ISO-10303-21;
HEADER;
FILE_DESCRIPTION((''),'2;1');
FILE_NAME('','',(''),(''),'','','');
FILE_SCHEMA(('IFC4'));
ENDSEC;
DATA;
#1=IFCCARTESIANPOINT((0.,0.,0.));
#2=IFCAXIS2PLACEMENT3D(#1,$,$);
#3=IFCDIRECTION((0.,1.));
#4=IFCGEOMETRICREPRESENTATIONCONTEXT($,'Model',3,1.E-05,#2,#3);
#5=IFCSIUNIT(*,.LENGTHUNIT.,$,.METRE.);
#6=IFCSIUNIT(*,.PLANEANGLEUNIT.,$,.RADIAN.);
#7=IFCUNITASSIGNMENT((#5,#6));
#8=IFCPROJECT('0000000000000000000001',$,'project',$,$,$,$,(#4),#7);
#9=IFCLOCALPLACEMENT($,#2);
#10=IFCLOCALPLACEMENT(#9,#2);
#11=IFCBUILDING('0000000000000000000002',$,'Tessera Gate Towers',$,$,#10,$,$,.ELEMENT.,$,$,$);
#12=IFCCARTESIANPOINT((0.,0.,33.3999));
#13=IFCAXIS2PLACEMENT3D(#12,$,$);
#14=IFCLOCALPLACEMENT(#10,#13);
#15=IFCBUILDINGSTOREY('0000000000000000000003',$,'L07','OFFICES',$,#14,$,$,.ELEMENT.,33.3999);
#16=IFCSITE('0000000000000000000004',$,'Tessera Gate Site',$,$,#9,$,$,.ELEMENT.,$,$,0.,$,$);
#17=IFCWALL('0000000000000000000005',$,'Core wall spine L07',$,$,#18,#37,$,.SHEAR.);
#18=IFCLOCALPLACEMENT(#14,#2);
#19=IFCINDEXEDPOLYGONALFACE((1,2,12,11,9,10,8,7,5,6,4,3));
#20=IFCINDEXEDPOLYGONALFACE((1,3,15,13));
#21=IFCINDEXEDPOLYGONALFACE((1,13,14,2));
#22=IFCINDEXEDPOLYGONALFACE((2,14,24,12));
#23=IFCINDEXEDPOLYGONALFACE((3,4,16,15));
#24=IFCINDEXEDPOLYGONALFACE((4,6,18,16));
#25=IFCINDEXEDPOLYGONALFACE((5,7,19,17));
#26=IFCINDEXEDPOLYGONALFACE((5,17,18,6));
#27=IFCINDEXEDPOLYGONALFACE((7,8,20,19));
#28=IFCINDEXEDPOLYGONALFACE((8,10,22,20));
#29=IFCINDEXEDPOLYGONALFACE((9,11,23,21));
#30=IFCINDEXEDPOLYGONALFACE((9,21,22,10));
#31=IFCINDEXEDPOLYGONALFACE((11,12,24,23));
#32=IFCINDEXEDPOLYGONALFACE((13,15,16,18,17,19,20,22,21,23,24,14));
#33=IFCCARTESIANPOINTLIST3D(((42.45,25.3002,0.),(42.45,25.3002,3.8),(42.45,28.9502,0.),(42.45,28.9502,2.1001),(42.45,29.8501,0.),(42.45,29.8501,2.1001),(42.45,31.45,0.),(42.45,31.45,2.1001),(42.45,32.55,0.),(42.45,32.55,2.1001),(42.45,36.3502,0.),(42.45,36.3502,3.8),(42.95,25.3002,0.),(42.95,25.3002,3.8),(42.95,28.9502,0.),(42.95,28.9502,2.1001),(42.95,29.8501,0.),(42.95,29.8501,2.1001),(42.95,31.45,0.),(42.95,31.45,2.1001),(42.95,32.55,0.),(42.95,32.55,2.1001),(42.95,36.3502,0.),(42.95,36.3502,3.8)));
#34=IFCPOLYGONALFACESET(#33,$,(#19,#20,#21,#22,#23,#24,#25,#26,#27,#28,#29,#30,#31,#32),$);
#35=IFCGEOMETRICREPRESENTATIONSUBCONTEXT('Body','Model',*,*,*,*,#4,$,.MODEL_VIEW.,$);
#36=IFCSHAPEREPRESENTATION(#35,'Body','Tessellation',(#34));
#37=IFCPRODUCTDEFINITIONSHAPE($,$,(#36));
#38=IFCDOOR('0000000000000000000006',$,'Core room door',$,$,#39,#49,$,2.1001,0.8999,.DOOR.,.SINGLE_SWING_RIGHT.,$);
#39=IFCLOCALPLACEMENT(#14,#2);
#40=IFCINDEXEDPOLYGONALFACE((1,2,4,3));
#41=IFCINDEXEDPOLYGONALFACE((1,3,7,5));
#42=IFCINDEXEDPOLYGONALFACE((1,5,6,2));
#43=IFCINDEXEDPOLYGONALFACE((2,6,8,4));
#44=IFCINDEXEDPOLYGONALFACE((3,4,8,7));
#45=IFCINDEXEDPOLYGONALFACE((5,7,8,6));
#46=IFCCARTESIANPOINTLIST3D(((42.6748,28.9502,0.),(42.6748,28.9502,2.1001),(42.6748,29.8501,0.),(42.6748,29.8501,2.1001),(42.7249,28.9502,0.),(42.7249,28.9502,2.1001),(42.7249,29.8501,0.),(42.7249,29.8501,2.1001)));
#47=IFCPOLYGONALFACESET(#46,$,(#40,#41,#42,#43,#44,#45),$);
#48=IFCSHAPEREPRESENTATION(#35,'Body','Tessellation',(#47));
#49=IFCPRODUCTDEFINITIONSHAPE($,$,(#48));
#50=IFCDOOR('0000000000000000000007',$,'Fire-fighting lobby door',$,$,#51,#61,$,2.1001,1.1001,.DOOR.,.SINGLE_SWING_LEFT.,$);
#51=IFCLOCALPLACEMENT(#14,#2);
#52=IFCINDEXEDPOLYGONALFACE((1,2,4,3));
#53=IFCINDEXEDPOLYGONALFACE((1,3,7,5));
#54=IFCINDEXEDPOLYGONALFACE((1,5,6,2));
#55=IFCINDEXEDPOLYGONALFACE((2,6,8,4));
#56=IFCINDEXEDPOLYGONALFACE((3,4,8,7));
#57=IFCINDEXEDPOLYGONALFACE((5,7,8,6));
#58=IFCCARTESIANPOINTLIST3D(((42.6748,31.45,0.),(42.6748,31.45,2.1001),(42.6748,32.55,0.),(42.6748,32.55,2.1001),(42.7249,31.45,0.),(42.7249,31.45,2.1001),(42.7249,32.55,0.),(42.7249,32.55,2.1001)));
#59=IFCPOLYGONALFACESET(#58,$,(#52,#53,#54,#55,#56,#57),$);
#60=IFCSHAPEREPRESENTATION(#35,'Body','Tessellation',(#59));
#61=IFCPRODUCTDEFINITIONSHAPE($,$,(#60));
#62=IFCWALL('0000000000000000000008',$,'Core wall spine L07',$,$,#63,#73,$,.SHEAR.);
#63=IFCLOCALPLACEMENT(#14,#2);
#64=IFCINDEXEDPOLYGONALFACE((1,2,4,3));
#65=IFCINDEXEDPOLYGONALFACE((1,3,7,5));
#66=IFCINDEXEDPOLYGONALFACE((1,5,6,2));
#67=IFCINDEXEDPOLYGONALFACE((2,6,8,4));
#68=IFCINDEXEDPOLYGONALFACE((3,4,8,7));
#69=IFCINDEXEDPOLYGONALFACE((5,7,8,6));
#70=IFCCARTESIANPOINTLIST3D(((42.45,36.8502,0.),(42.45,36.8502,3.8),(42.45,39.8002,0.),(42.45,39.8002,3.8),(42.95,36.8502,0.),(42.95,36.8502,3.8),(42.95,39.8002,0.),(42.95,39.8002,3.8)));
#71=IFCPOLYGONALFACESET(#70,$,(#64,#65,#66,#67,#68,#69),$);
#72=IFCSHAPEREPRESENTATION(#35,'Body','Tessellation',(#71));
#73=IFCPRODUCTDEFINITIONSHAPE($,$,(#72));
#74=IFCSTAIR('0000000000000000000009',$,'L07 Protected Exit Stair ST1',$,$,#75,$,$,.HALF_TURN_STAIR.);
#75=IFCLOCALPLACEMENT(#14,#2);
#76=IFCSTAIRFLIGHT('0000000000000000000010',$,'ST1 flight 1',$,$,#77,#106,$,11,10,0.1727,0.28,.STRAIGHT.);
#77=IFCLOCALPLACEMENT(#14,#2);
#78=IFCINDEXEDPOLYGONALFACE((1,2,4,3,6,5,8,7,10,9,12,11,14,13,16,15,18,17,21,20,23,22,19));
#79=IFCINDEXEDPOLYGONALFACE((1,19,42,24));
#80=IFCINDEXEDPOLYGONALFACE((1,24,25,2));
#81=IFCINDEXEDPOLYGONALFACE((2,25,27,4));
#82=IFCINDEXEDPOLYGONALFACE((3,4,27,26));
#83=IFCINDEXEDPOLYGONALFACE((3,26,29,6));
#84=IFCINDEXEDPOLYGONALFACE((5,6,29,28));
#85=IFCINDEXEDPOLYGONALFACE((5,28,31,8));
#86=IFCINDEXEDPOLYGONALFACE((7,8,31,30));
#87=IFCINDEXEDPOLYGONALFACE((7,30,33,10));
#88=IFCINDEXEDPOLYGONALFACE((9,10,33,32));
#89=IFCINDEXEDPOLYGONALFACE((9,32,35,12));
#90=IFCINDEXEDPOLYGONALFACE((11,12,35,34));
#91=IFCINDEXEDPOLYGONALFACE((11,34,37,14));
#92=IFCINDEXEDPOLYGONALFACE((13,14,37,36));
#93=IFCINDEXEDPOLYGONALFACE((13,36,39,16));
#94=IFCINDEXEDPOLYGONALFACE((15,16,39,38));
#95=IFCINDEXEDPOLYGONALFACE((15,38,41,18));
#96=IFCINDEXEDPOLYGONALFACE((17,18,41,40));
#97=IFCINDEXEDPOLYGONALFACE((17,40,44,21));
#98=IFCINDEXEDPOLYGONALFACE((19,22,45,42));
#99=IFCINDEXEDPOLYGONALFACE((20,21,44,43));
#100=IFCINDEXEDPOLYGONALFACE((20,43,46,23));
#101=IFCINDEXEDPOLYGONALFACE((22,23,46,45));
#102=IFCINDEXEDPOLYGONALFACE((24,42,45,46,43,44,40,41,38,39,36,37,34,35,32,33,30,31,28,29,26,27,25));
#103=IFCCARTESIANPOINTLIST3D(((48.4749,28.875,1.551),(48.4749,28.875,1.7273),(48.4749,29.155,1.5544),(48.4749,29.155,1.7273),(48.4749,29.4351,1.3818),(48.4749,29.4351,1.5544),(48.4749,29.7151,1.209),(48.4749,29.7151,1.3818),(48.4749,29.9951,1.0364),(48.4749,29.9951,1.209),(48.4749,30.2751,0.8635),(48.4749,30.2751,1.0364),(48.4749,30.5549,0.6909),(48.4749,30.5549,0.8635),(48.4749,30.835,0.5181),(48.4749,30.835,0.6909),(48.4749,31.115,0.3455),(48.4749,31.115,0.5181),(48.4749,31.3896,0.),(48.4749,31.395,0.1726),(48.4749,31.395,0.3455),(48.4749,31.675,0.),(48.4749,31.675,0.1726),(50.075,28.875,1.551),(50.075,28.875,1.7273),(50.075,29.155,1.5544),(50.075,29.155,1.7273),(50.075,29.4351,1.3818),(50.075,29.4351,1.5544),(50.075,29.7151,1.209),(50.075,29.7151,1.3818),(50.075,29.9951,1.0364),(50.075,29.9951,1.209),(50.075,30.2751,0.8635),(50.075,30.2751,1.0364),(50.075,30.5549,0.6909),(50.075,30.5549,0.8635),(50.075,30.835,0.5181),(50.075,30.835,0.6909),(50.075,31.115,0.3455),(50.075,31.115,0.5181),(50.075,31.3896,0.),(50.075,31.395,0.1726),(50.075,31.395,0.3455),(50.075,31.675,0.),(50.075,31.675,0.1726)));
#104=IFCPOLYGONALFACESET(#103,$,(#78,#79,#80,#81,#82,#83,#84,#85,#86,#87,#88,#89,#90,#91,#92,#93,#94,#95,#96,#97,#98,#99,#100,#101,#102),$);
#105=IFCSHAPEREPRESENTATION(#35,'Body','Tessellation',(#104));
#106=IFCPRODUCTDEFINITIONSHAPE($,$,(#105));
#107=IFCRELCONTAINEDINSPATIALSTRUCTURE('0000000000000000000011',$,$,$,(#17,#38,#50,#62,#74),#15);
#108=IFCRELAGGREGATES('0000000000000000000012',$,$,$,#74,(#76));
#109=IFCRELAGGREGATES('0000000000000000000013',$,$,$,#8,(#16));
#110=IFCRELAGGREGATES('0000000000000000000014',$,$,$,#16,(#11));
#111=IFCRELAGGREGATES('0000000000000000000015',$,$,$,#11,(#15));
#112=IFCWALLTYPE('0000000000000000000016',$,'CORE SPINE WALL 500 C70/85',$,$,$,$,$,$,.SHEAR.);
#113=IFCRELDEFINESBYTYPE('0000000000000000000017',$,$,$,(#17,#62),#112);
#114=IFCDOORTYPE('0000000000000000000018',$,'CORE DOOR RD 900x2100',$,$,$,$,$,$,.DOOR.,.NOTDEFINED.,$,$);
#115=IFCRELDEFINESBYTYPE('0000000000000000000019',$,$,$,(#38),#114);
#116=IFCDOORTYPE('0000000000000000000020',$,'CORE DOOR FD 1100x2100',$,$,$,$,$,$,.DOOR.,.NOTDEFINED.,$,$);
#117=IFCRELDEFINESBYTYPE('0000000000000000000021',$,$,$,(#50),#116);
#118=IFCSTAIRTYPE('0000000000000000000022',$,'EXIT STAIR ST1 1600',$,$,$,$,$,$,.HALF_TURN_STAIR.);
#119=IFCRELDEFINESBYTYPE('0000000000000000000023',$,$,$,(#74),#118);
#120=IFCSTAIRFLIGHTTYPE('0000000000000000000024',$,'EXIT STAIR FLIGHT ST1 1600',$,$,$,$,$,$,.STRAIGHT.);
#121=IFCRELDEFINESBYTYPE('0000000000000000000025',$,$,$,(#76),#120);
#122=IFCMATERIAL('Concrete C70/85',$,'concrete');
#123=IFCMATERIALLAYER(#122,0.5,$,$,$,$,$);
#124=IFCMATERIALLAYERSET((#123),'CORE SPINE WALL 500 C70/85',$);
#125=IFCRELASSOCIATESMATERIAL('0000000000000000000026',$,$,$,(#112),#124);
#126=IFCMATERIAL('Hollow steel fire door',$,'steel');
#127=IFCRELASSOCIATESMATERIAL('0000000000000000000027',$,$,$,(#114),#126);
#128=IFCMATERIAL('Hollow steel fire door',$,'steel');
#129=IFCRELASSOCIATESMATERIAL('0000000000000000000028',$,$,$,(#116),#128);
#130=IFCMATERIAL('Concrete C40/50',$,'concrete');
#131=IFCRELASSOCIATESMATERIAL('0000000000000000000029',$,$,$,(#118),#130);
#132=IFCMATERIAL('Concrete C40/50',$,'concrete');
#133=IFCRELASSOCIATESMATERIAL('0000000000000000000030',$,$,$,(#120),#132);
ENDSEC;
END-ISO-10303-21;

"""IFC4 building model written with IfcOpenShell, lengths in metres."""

from ifc_helpers import new_model, si_unit, direction, frame, frame_2d, origin, place, context, subcontext, project, spatial, polyline, rectangle, outline, extrude, source, transform, mapped, material, layer, layer_set, type_object, element, fill, aggregate, save


model = new_model("IFC4")

# Units and contexts
model_context = context("Model", 3, precision=1e-05, world=origin(), true_north=direction((0.0, 1.0)))
body_context = subcontext(model_context, "Body", "Model", "MODEL_VIEW")
ifc_project = project(units=[si_unit("LENGTHUNIT", "METRE"), si_unit("PLANEANGLEUNIT", "RADIAN")], contexts=[model_context])

# Site, building, storey
site_placement = place(None, origin())
site = spatial("IfcSite", under=ifc_project, at=site_placement, Name="Tessera Gate Site", CompositionType="ELEMENT", RefElevation=0.0)
building_placement = place(site_placement, origin())
building = spatial("IfcBuilding", under=site, at=building_placement, Name="Tessera Gate Towers", CompositionType="ELEMENT")
storey_placement = place(building_placement, frame((0.0, 0.0, 33.3999)))
storey = spatial("IfcBuildingStorey", under=building, at=storey_placement, Name="L07", Description="OFFICES", CompositionType="ELEMENT", Elevation=33.3999)

# Wall, openings, doors
ifc_material_1 = material(Name="Concrete C70/85", Category="concrete")
ifc_layer_1 = layer(ifc_material_1, 0.5)
ifc_layer_set_1 = layer_set([ifc_layer_1], Name="CORE SPINE WALL 500 C70/85")
wall_type_1 = type_object("IfcWallType", Name="CORE SPINE WALL 500 C70/85", PredefinedType="SHEAR", material=ifc_layer_set_1)
wall_1_placement = place(storey_placement, frame((42.7, 36.3501, 0.0), z_axis=(0.0, 0.0, 1.0), x_axis=(0.0, -1.0, 0.0)))
wall_1 = element("IfcWall", 1, at=wall_1_placement, inside=storey, type_object=wall_type_1, Name="Core wall spine L07", PredefinedType="SHEAR", context=body_context, shape_type="SweptSolid", body=[
    extrude(rectangle(XDim=11.05, YDim=0.5, at=frame_2d((5.5249, 0.0))), origin(), (0.0, 0.0, 1.0), 3.8),
])
shared_shape_1 = source(origin(), body_context, "Body", "SweptSolid", [
    extrude(rectangle(XDim=0.8999, YDim=2.1001, at=frame_2d((0.45, 1.05))), frame((0.0, 0.26, 0.0), z_axis=(0.0, -1.0, 0.0), x_axis=(1.0, 0.0, 0.0)), (0.0, 0.0, 1.0), 0.52),
])
opening_1_placement = place(wall_1_placement, frame((6.5, 0.0, 0.0)))
opening_1 = element("IfcOpeningElement", 2, at=opening_1_placement, cuts=wall_1, PredefinedType="OPENING", context=body_context, shape_type="MappedRepresentation", body=[
    mapped(shared_shape_1, transform((0.0, 0.0, 0.0), scale=1.0)),
])
shared_shape_2 = source(origin(), body_context, "Body", "SweptSolid", [
    extrude(rectangle(XDim=1.1001, YDim=2.1001, at=frame_2d((0.55, 1.05))), frame((0.0, 0.26, 0.0), z_axis=(0.0, -1.0, 0.0), x_axis=(1.0, 0.0, 0.0)), (0.0, 0.0, 1.0), 0.52),
])
opening_2_placement = place(wall_1_placement, frame((3.8, 0.0, 0.0)))
opening_2 = element("IfcOpeningElement", 3, at=opening_2_placement, cuts=wall_1, PredefinedType="OPENING", context=body_context, shape_type="MappedRepresentation", body=[
    mapped(shared_shape_2, transform((0.0, 0.0, 0.0), scale=1.0)),
])
ifc_material_2 = material(Name="Hollow steel fire door", Category="steel")
door_type_1 = type_object("IfcDoorType", Name="CORE DOOR RD 900x2100", OperationType="NOTDEFINED", PredefinedType="DOOR", material=ifc_material_2)
shared_shape_3 = source(origin(), body_context, "Body", "SweptSolid", [
    extrude(rectangle(XDim=0.8999, YDim=2.1001, at=frame_2d((0.45, 1.05))), frame((0.0, 0.0249, 0.0), z_axis=(0.0, -1.0, 0.0), x_axis=(1.0, 0.0, 0.0)), (0.0, 0.0, 1.0), 0.05),
])
door_1_placement = place(opening_1_placement, origin())
door_1 = element("IfcDoor", 4, at=door_1_placement, inside=storey, type_object=door_type_1, Name="Core room door", OperationType="SINGLE_SWING_RIGHT", OverallHeight=2.1001, OverallWidth=0.8999, PredefinedType="DOOR", context=body_context, shape_type="MappedRepresentation", body=[
    mapped(shared_shape_3, transform((0.0, 0.0, 0.0), scale=1.0)),
])
fill(opening_1, door_1)
ifc_material_3 = material(Name="Hollow steel fire door", Category="steel")
door_type_2 = type_object("IfcDoorType", Name="CORE DOOR FD 1100x2100", OperationType="NOTDEFINED", PredefinedType="DOOR", material=ifc_material_3)
shared_shape_4 = source(origin(), body_context, "Body", "SweptSolid", [
    extrude(rectangle(XDim=1.1001, YDim=2.1001, at=frame_2d((0.55, 1.05))), frame((0.0, 0.0249, 0.0), z_axis=(0.0, -1.0, 0.0), x_axis=(1.0, 0.0, 0.0)), (0.0, 0.0, 1.0), 0.05),
])
door_2_placement = place(opening_2_placement, origin())
door_2 = element("IfcDoor", 5, at=door_2_placement, inside=storey, type_object=door_type_2, Name="Fire-fighting lobby door", OperationType="SINGLE_SWING_LEFT", OverallHeight=2.1001, OverallWidth=1.1001, PredefinedType="DOOR", context=body_context, shape_type="MappedRepresentation", body=[
    mapped(shared_shape_4, transform((0.0, 0.0, 0.0), scale=1.0)),
])
fill(opening_2, door_2)

# Wall
wall_2_placement = place(storey_placement, frame((42.7, 36.8501, 0.0), z_axis=(0.0, 0.0, 1.0), x_axis=(0.0, 1.0, 0.0)))
element("IfcWall", 6, at=wall_2_placement, inside=storey, type_object=wall_type_1, Name="Core wall spine L07", PredefinedType="SHEAR", context=body_context, shape_type="SweptSolid", body=[
    extrude(rectangle(XDim=2.95, YDim=0.5, at=frame_2d((1.4751, 0.0))), origin(), (0.0, 0.0, 1.0), 3.8),
])

# Stair, stair flight
ifc_material_4 = material(Name="Concrete C40/50", Category="concrete")
stair_type = type_object("IfcStairType", Name="EXIT STAIR ST1 1600", PredefinedType="HALF_TURN_STAIR", material=ifc_material_4)
stair_placement = place(storey_placement, origin())
stair = element("IfcStair", 7, at=stair_placement, inside=storey, type_object=stair_type, Name="L07 Protected Exit Stair ST1", PredefinedType="HALF_TURN_STAIR")
ifc_material_5 = material(Name="Concrete C40/50", Category="concrete")
stair_flight_type = type_object("IfcStairFlightType", Name="EXIT STAIR FLIGHT ST1 1600", PredefinedType="STRAIGHT", material=ifc_material_5)
stair_flight_placement = place(storey_placement, frame((49.2749, 31.675, 0.0), z_axis=(0.0, 0.0, 1.0), x_axis=(0.0, -1.0, 0.0)))
stair_flight = element("IfcStairFlight", 8, at=stair_flight_placement, type_object=stair_flight_type, Name="ST1 flight 1", NumberOfRisers=11, NumberOfTreads=10, PredefinedType="STRAIGHT", RiserHeight=0.1727, TreadLength=0.28, context=body_context, shape_type="SweptSolid", body=[
    extrude(outline(polyline([(0.0, 0.0), (0.0, 0.1726), (0.28, 0.1726), (0.28, 0.3455), (0.5601, 0.3455), (0.5601, 0.5181), (0.8401, 0.5181), (0.8401, 0.6909), (1.1201, 0.6909), (1.1201, 0.8635), (1.3999, 0.8635), (1.3999, 1.0364), (1.6799, 1.0364), (1.6799, 1.209), (1.96, 1.209), (1.96, 1.3818), (2.24, 1.3818), (2.24, 1.5544), (2.52, 1.5544), (2.52, 1.7273), (2.8, 1.7273), (2.8, 1.8999), (2.8, 1.551), (0.2854, 0.0), (0.0, 0.0)])), frame((0.0, 0.8, 0.0), z_axis=(0.0, -1.0, 0.0), x_axis=(1.0, 0.0, 0.0)), (0.0, 0.0, 1.0), 1.6001),
])
aggregate(stair, [stair_flight])

save(model, "model.ifc")
